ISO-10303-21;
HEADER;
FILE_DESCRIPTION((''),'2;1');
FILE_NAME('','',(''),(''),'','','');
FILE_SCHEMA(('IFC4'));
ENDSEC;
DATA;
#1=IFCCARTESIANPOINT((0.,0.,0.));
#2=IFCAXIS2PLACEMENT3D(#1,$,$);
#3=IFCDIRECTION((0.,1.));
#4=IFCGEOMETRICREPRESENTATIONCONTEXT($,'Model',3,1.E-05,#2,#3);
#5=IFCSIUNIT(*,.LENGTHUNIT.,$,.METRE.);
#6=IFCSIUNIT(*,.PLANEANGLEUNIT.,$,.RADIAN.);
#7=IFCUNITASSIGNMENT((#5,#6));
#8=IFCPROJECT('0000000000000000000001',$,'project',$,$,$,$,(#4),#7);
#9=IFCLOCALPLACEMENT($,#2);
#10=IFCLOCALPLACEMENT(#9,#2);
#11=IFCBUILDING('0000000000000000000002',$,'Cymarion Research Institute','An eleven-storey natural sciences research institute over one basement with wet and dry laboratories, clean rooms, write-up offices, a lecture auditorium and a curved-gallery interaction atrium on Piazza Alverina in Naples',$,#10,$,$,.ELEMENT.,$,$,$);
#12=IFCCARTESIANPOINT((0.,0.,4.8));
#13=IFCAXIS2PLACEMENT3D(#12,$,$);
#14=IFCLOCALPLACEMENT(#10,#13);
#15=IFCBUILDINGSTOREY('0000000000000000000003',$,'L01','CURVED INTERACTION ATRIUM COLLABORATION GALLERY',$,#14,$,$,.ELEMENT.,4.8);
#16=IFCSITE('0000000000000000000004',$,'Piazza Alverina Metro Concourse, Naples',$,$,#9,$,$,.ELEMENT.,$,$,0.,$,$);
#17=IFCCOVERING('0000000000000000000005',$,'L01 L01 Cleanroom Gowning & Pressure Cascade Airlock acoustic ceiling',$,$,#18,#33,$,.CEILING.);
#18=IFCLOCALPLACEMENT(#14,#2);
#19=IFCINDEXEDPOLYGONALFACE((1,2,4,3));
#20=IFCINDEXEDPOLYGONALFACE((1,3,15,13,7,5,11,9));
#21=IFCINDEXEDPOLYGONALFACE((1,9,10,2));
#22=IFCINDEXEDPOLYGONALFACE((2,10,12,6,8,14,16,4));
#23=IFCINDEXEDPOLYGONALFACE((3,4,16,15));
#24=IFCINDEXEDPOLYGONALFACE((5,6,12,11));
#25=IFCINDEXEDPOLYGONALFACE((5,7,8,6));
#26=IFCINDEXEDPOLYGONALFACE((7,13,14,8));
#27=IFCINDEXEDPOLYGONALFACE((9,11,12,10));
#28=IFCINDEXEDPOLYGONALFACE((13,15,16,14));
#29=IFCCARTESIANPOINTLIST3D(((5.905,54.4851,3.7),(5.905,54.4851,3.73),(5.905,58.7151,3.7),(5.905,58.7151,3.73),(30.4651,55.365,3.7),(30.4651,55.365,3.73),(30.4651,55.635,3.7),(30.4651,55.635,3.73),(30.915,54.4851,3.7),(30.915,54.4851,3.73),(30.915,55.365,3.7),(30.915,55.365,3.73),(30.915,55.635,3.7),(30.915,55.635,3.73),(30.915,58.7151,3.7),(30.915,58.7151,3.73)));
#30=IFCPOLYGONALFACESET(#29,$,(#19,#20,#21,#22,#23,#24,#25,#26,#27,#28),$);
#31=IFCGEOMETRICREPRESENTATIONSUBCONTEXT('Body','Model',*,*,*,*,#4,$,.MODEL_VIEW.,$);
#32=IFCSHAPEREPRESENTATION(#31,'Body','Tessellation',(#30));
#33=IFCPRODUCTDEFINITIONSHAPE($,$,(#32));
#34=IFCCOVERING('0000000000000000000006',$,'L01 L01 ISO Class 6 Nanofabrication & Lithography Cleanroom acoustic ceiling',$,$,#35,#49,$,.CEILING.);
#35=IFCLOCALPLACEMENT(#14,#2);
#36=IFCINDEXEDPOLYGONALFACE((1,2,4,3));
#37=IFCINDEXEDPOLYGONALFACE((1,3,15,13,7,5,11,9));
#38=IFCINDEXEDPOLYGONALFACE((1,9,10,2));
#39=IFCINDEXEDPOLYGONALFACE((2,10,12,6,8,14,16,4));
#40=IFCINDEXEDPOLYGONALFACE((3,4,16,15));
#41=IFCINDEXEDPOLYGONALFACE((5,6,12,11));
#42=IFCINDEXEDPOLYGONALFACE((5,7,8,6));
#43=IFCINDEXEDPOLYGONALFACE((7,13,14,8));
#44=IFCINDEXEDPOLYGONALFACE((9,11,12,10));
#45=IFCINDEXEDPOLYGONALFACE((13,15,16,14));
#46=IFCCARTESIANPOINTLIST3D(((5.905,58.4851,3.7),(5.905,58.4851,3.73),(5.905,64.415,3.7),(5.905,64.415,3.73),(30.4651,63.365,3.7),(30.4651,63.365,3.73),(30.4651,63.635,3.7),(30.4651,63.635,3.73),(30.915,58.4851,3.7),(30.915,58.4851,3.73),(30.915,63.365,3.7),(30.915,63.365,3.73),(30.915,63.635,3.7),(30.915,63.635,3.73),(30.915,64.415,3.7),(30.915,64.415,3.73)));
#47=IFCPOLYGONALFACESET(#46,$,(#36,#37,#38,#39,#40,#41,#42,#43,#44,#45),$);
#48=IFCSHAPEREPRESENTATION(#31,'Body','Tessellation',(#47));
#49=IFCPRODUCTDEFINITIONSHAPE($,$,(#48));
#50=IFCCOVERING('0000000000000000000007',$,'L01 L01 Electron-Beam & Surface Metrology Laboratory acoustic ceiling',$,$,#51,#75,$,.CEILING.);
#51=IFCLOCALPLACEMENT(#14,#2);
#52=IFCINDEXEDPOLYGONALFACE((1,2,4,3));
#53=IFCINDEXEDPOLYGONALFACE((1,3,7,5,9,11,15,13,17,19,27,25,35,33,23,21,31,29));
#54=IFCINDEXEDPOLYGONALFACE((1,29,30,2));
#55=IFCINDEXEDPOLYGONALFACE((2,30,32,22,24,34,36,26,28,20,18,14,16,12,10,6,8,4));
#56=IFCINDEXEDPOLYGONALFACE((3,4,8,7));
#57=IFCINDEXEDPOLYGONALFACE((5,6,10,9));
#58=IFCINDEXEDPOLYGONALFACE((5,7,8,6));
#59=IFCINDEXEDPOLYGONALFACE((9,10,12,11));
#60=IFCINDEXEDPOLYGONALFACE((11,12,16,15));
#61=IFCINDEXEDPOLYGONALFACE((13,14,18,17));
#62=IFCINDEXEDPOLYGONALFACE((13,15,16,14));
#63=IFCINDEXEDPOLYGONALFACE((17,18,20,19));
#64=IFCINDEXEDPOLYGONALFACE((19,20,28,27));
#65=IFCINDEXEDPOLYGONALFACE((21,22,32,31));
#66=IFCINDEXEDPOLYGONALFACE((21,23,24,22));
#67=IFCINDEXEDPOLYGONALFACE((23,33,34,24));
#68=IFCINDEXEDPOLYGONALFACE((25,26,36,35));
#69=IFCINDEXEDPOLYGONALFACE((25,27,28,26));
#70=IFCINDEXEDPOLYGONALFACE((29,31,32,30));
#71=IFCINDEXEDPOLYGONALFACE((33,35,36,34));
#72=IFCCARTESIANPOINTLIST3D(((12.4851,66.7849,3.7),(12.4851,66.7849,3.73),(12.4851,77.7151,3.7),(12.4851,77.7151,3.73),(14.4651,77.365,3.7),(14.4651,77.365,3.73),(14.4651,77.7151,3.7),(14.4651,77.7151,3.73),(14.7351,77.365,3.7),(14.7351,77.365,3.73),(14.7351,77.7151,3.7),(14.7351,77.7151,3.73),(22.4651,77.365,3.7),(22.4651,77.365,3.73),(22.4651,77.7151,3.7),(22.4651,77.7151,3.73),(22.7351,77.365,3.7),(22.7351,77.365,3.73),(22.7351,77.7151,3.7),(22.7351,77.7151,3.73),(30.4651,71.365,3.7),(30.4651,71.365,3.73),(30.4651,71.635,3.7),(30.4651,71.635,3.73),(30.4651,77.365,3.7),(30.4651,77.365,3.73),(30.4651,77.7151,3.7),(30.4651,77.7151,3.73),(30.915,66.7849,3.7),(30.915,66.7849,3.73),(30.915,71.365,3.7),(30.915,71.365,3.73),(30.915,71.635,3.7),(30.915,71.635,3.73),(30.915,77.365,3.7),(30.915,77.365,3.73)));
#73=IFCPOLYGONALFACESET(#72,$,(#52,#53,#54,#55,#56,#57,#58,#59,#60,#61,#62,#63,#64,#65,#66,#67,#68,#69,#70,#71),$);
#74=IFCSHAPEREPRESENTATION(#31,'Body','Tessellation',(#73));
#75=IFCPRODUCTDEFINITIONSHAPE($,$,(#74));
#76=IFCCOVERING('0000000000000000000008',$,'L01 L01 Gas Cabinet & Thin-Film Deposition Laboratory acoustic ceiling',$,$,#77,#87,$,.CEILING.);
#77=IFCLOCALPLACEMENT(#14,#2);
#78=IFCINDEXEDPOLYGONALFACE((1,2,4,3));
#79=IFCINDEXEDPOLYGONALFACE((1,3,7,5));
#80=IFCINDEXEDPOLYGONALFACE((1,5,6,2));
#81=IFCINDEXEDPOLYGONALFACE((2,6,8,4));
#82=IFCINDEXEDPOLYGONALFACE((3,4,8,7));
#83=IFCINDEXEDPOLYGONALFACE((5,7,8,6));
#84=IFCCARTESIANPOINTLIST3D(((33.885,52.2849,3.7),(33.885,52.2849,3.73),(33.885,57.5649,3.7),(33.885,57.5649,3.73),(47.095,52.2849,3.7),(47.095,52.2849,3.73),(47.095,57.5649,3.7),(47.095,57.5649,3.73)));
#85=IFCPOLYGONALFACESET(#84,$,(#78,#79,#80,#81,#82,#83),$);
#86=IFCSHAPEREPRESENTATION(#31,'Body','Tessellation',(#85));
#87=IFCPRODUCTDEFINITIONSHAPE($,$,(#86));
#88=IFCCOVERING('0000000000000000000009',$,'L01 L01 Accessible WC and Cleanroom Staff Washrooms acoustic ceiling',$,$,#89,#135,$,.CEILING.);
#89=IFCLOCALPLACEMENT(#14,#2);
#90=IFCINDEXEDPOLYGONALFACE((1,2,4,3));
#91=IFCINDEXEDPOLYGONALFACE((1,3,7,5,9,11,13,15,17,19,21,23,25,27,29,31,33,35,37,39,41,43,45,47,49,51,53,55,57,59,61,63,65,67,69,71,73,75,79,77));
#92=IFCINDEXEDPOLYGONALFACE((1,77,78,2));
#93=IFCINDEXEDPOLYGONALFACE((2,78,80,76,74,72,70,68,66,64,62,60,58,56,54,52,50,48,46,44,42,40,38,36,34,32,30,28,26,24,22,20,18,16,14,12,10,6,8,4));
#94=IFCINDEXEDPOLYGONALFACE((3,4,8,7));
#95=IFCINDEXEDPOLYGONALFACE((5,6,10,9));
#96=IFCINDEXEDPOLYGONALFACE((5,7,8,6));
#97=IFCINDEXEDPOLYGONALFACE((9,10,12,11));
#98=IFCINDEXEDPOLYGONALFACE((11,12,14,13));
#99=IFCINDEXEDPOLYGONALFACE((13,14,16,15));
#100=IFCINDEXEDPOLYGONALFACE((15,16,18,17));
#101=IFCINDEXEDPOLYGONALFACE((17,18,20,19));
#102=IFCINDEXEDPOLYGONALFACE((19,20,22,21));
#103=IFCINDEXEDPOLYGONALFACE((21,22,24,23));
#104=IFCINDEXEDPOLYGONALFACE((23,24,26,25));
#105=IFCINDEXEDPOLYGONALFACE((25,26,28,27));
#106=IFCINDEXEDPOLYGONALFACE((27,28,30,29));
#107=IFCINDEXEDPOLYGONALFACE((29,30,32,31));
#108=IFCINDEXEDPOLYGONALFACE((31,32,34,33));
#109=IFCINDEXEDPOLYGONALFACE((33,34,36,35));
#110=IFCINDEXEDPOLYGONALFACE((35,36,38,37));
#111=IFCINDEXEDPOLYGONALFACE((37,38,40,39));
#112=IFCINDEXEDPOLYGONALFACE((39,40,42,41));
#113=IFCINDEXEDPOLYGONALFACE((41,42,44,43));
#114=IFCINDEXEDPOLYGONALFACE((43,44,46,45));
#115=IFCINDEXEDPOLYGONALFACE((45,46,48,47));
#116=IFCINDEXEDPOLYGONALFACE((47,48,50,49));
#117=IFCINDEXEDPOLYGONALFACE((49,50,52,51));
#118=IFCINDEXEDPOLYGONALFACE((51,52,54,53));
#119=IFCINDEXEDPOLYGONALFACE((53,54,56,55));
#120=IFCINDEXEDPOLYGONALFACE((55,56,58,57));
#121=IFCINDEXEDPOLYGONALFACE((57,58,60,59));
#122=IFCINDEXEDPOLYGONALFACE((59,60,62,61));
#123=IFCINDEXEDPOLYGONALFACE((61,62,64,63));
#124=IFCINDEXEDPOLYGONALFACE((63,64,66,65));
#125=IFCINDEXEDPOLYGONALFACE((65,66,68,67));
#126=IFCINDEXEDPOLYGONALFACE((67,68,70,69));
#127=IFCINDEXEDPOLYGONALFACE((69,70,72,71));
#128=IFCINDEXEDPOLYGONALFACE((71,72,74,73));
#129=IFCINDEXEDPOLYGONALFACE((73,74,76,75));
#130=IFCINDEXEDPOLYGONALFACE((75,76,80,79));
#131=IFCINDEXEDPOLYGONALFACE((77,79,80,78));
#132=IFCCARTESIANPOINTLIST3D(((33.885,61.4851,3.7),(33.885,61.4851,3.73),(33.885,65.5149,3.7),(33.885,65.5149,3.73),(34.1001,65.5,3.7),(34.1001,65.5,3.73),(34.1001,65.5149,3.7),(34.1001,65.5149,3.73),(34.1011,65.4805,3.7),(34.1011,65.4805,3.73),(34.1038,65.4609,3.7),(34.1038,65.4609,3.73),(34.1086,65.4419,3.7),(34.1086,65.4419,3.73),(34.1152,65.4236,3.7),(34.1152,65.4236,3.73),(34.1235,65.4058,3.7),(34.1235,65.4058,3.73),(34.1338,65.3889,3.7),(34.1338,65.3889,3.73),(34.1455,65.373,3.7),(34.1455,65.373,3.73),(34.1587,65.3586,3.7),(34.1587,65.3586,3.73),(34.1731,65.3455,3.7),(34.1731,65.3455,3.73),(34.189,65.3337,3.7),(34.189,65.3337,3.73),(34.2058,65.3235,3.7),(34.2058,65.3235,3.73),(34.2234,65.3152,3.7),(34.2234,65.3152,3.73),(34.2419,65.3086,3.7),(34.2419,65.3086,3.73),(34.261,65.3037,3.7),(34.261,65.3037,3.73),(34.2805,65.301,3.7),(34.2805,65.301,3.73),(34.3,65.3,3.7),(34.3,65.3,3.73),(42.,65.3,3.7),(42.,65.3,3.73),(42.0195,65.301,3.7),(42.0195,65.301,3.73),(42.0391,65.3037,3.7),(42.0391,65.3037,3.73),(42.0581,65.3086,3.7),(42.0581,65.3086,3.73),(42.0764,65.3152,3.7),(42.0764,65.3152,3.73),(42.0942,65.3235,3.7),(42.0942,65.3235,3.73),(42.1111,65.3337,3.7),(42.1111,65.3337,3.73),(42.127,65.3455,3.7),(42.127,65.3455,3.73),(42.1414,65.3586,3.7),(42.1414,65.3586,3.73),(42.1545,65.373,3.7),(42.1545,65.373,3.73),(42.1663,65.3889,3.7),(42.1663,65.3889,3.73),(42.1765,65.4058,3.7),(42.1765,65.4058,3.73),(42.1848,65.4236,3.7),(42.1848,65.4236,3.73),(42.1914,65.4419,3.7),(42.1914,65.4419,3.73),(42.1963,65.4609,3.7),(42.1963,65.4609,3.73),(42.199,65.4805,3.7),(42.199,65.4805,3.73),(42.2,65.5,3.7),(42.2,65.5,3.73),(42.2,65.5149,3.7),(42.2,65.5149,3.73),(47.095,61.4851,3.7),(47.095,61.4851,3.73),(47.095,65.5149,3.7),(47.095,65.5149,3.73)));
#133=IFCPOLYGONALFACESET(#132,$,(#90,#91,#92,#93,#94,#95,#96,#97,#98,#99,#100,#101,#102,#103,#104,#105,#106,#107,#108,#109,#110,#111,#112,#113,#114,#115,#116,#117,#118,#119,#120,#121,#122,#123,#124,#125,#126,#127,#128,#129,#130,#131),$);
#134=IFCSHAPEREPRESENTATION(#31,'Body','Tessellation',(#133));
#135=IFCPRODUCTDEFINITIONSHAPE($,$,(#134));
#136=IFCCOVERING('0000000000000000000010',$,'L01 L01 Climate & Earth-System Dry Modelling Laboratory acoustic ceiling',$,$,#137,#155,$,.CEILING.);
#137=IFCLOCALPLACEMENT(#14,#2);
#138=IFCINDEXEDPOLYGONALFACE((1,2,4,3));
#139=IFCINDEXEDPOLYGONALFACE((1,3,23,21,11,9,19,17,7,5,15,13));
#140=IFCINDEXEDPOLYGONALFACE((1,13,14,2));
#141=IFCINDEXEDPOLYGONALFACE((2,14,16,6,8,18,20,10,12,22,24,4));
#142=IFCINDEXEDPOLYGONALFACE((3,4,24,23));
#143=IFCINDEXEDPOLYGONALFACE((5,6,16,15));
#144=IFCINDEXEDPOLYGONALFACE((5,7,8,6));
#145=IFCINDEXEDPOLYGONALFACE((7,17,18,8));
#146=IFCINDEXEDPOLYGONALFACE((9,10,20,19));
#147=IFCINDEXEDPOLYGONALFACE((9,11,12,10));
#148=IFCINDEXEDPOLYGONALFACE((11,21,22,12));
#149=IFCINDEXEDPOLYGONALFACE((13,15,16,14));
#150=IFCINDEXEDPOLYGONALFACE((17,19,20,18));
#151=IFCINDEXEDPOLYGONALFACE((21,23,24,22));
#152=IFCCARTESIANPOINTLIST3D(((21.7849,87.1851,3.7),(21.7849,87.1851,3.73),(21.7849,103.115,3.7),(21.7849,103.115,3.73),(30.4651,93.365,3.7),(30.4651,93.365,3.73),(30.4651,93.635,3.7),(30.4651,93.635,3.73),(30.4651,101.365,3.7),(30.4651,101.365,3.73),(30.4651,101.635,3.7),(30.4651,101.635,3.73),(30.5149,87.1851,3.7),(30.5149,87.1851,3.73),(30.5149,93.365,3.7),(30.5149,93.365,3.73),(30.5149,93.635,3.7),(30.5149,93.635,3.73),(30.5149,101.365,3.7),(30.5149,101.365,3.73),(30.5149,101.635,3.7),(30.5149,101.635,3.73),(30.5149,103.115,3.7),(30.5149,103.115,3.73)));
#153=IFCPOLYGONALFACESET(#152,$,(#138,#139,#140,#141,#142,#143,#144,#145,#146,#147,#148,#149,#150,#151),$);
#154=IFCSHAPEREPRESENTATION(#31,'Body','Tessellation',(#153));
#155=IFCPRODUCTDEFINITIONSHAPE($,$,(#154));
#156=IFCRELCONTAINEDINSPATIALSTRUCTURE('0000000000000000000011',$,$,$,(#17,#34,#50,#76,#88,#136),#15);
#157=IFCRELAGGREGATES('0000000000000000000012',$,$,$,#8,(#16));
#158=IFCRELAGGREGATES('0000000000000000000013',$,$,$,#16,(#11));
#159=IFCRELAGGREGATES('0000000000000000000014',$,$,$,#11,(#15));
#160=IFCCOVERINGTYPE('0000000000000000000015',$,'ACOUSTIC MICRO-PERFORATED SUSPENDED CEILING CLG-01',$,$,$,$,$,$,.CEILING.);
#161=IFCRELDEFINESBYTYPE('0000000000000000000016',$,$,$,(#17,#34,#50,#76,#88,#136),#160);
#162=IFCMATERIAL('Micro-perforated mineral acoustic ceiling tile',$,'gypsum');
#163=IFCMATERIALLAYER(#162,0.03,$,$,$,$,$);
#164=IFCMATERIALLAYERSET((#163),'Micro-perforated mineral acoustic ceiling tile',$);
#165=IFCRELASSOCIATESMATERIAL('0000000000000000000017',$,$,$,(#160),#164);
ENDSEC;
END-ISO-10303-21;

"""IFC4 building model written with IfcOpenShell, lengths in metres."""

from ifc_helpers import new_model, si_unit, direction, frame, origin, place, context, subcontext, project, spatial, polyline, outline, extrude, material, layer, layer_set, type_object, element, save


model = new_model("IFC4")

# Units and contexts
model_context = context("Model", 3, precision=1e-05, world=origin(), true_north=direction((0.0, 1.0)))
body_context = subcontext(model_context, "Body", "Model", "MODEL_VIEW")
ifc_project = project(units=[si_unit("LENGTHUNIT", "METRE"), si_unit("PLANEANGLEUNIT", "RADIAN")], contexts=[model_context])

# Site, building, storey
site_placement = place(None, origin())
site = spatial("IfcSite", under=ifc_project, at=site_placement, Name="Piazza Alverina Metro Concourse, Naples", CompositionType="ELEMENT", RefElevation=0.0)
building_placement = place(site_placement, origin())
building = spatial("IfcBuilding", under=site, at=building_placement, Name="Cymarion Research Institute", Description="An eleven-storey natural sciences research institute over one basement with wet and dry laboratories, clean rooms, write-up offices, a lecture auditorium and a curved-gallery interaction atrium on Piazza Alverina in Naples", CompositionType="ELEMENT")
storey_placement = place(building_placement, frame((0.0, 0.0, 4.8)))
storey = spatial("IfcBuildingStorey", under=building, at=storey_placement, Name="L01", Description="CURVED INTERACTION ATRIUM COLLABORATION GALLERY", CompositionType="ELEMENT", Elevation=4.8)

# Coverings
ifc_material_1 = material(Name="Micro-perforated mineral acoustic ceiling tile", Category="gypsum")
ifc_layer_1 = layer(ifc_material_1, 0.03)
ifc_layer_set_1 = layer_set([ifc_layer_1], Name="Micro-perforated mineral acoustic ceiling tile")
covering_type_1 = type_object("IfcCoveringType", Name="ACOUSTIC MICRO-PERFORATED SUSPENDED CEILING CLG-01", PredefinedType="CEILING", material=ifc_layer_set_1)
covering_1_placement = place(storey_placement, frame((0.0, 0.0, 3.7)))
element("IfcCovering", 1, at=covering_1_placement, inside=storey, type_object=covering_type_1, Name="L01 L01 Cleanroom Gowning & Pressure Cascade Airlock acoustic ceiling", PredefinedType="CEILING", context=body_context, shape_type="SweptSolid", body=[
    extrude(outline(polyline([(30.4651, 55.635), (30.4651, 55.365), (30.915, 55.365), (30.915, 54.4851), (5.905, 54.4851), (5.905, 58.7151), (30.915, 58.7151), (30.915, 55.635), (30.4651, 55.635)])), origin(), (0.0, 0.0, 1.0), 0.03),
])
covering_2_placement = place(storey_placement, frame((0.0, 0.0, 3.7)))
element("IfcCovering", 2, at=covering_2_placement, inside=storey, type_object=covering_type_1, Name="L01 L01 ISO Class 6 Nanofabrication & Lithography Cleanroom acoustic ceiling", PredefinedType="CEILING", context=body_context, shape_type="SweptSolid", body=[
    extrude(outline(polyline([(30.4651, 63.635), (30.4651, 63.365), (30.915, 63.365), (30.915, 58.4851), (5.905, 58.4851), (5.905, 64.415), (30.915, 64.415), (30.915, 63.635), (30.4651, 63.635)])), origin(), (0.0, 0.0, 1.0), 0.03),
])
covering_3_placement = place(storey_placement, frame((0.0, 0.0, 3.7)))
element("IfcCovering", 3, at=covering_3_placement, inside=storey, type_object=covering_type_1, Name="L01 L01 Electron-Beam & Surface Metrology Laboratory acoustic ceiling", PredefinedType="CEILING", context=body_context, shape_type="SweptSolid", body=[
    extrude(outline(polyline([(14.4651, 77.7151), (14.4651, 77.365), (14.7351, 77.365), (14.7351, 77.7151), (22.4651, 77.7151), (22.4651, 77.365), (22.7351, 77.365), (22.7351, 77.7151), (30.4651, 77.7151), (30.4651, 77.365), (30.915, 77.365), (30.915, 71.635), (30.4651, 71.635), (30.4651, 71.365), (30.915, 71.365), (30.915, 66.7849), (12.4851, 66.7849), (12.4851, 77.7151), (14.4651, 77.7151)])), origin(), (0.0, 0.0, 1.0), 0.03),
])
covering_4_placement = place(storey_placement, frame((0.0, 0.0, 3.7)))
element("IfcCovering", 4, at=covering_4_placement, inside=storey, type_object=covering_type_1, Name="L01 L01 Gas Cabinet & Thin-Film Deposition Laboratory acoustic ceiling", PredefinedType="CEILING", context=body_context, shape_type="SweptSolid", body=[
    extrude(outline(polyline([(47.095, 57.5649), (47.095, 52.2849), (33.885, 52.2849), (33.885, 57.5649), (47.095, 57.5649)])), origin(), (0.0, 0.0, 1.0), 0.03),
])
covering_5_placement = place(storey_placement, frame((0.0, 0.0, 3.7)))
element("IfcCovering", 5, at=covering_5_placement, inside=storey, type_object=covering_type_1, Name="L01 L01 Accessible WC and Cleanroom Staff Washrooms acoustic ceiling", PredefinedType="CEILING", context=body_context, shape_type="SweptSolid", body=[
    extrude(outline(polyline([(34.1001, 65.5149), (34.1001, 65.5), (34.1011, 65.4805), (34.1038, 65.4609), (34.1086, 65.4419), (34.1152, 65.4236), (34.1235, 65.4058), (34.1338, 65.3889), (34.1455, 65.373), (34.1587, 65.3586), (34.1731, 65.3455), (34.189, 65.3337), (34.2058, 65.3235), (34.2234, 65.3152), (34.2419, 65.3086), (34.261, 65.3037), (34.2805, 65.301), (34.3, 65.3), (42.0, 65.3), (42.0195, 65.301), (42.0391, 65.3037), (42.0581, 65.3086), (42.0764, 65.3152), (42.0942, 65.3235), (42.1111, 65.3337), (42.127, 65.3455), (42.1414, 65.3586), (42.1545, 65.373), (42.1663, 65.3889), (42.1765, 65.4058), (42.1848, 65.4236), (42.1914, 65.4419), (42.1963, 65.4609), (42.199, 65.4805), (42.2, 65.5), (42.2, 65.5149), (47.095, 65.5149), (47.095, 61.4851), (33.885, 61.4851), (33.885, 65.5149), (34.1001, 65.5149)])), origin(), (0.0, 0.0, 1.0), 0.03),
])
covering_6_placement = place(storey_placement, frame((0.0, 0.0, 3.7)))
element("IfcCovering", 6, at=covering_6_placement, inside=storey, type_object=covering_type_1, Name="L01 L01 Climate & Earth-System Dry Modelling Laboratory acoustic ceiling", PredefinedType="CEILING", context=body_context, shape_type="SweptSolid", body=[
    extrude(outline(polyline([(30.5149, 103.115), (30.5149, 101.635), (30.4651, 101.635), (30.4651, 101.365), (30.5149, 101.365), (30.5149, 93.635), (30.4651, 93.635), (30.4651, 93.365), (30.5149, 93.365), (30.5149, 87.1851), (21.7849, 87.1851), (21.7849, 103.115), (30.5149, 103.115)])), origin(), (0.0, 0.0, 1.0), 0.03),
])

save(model, "model.ifc")
